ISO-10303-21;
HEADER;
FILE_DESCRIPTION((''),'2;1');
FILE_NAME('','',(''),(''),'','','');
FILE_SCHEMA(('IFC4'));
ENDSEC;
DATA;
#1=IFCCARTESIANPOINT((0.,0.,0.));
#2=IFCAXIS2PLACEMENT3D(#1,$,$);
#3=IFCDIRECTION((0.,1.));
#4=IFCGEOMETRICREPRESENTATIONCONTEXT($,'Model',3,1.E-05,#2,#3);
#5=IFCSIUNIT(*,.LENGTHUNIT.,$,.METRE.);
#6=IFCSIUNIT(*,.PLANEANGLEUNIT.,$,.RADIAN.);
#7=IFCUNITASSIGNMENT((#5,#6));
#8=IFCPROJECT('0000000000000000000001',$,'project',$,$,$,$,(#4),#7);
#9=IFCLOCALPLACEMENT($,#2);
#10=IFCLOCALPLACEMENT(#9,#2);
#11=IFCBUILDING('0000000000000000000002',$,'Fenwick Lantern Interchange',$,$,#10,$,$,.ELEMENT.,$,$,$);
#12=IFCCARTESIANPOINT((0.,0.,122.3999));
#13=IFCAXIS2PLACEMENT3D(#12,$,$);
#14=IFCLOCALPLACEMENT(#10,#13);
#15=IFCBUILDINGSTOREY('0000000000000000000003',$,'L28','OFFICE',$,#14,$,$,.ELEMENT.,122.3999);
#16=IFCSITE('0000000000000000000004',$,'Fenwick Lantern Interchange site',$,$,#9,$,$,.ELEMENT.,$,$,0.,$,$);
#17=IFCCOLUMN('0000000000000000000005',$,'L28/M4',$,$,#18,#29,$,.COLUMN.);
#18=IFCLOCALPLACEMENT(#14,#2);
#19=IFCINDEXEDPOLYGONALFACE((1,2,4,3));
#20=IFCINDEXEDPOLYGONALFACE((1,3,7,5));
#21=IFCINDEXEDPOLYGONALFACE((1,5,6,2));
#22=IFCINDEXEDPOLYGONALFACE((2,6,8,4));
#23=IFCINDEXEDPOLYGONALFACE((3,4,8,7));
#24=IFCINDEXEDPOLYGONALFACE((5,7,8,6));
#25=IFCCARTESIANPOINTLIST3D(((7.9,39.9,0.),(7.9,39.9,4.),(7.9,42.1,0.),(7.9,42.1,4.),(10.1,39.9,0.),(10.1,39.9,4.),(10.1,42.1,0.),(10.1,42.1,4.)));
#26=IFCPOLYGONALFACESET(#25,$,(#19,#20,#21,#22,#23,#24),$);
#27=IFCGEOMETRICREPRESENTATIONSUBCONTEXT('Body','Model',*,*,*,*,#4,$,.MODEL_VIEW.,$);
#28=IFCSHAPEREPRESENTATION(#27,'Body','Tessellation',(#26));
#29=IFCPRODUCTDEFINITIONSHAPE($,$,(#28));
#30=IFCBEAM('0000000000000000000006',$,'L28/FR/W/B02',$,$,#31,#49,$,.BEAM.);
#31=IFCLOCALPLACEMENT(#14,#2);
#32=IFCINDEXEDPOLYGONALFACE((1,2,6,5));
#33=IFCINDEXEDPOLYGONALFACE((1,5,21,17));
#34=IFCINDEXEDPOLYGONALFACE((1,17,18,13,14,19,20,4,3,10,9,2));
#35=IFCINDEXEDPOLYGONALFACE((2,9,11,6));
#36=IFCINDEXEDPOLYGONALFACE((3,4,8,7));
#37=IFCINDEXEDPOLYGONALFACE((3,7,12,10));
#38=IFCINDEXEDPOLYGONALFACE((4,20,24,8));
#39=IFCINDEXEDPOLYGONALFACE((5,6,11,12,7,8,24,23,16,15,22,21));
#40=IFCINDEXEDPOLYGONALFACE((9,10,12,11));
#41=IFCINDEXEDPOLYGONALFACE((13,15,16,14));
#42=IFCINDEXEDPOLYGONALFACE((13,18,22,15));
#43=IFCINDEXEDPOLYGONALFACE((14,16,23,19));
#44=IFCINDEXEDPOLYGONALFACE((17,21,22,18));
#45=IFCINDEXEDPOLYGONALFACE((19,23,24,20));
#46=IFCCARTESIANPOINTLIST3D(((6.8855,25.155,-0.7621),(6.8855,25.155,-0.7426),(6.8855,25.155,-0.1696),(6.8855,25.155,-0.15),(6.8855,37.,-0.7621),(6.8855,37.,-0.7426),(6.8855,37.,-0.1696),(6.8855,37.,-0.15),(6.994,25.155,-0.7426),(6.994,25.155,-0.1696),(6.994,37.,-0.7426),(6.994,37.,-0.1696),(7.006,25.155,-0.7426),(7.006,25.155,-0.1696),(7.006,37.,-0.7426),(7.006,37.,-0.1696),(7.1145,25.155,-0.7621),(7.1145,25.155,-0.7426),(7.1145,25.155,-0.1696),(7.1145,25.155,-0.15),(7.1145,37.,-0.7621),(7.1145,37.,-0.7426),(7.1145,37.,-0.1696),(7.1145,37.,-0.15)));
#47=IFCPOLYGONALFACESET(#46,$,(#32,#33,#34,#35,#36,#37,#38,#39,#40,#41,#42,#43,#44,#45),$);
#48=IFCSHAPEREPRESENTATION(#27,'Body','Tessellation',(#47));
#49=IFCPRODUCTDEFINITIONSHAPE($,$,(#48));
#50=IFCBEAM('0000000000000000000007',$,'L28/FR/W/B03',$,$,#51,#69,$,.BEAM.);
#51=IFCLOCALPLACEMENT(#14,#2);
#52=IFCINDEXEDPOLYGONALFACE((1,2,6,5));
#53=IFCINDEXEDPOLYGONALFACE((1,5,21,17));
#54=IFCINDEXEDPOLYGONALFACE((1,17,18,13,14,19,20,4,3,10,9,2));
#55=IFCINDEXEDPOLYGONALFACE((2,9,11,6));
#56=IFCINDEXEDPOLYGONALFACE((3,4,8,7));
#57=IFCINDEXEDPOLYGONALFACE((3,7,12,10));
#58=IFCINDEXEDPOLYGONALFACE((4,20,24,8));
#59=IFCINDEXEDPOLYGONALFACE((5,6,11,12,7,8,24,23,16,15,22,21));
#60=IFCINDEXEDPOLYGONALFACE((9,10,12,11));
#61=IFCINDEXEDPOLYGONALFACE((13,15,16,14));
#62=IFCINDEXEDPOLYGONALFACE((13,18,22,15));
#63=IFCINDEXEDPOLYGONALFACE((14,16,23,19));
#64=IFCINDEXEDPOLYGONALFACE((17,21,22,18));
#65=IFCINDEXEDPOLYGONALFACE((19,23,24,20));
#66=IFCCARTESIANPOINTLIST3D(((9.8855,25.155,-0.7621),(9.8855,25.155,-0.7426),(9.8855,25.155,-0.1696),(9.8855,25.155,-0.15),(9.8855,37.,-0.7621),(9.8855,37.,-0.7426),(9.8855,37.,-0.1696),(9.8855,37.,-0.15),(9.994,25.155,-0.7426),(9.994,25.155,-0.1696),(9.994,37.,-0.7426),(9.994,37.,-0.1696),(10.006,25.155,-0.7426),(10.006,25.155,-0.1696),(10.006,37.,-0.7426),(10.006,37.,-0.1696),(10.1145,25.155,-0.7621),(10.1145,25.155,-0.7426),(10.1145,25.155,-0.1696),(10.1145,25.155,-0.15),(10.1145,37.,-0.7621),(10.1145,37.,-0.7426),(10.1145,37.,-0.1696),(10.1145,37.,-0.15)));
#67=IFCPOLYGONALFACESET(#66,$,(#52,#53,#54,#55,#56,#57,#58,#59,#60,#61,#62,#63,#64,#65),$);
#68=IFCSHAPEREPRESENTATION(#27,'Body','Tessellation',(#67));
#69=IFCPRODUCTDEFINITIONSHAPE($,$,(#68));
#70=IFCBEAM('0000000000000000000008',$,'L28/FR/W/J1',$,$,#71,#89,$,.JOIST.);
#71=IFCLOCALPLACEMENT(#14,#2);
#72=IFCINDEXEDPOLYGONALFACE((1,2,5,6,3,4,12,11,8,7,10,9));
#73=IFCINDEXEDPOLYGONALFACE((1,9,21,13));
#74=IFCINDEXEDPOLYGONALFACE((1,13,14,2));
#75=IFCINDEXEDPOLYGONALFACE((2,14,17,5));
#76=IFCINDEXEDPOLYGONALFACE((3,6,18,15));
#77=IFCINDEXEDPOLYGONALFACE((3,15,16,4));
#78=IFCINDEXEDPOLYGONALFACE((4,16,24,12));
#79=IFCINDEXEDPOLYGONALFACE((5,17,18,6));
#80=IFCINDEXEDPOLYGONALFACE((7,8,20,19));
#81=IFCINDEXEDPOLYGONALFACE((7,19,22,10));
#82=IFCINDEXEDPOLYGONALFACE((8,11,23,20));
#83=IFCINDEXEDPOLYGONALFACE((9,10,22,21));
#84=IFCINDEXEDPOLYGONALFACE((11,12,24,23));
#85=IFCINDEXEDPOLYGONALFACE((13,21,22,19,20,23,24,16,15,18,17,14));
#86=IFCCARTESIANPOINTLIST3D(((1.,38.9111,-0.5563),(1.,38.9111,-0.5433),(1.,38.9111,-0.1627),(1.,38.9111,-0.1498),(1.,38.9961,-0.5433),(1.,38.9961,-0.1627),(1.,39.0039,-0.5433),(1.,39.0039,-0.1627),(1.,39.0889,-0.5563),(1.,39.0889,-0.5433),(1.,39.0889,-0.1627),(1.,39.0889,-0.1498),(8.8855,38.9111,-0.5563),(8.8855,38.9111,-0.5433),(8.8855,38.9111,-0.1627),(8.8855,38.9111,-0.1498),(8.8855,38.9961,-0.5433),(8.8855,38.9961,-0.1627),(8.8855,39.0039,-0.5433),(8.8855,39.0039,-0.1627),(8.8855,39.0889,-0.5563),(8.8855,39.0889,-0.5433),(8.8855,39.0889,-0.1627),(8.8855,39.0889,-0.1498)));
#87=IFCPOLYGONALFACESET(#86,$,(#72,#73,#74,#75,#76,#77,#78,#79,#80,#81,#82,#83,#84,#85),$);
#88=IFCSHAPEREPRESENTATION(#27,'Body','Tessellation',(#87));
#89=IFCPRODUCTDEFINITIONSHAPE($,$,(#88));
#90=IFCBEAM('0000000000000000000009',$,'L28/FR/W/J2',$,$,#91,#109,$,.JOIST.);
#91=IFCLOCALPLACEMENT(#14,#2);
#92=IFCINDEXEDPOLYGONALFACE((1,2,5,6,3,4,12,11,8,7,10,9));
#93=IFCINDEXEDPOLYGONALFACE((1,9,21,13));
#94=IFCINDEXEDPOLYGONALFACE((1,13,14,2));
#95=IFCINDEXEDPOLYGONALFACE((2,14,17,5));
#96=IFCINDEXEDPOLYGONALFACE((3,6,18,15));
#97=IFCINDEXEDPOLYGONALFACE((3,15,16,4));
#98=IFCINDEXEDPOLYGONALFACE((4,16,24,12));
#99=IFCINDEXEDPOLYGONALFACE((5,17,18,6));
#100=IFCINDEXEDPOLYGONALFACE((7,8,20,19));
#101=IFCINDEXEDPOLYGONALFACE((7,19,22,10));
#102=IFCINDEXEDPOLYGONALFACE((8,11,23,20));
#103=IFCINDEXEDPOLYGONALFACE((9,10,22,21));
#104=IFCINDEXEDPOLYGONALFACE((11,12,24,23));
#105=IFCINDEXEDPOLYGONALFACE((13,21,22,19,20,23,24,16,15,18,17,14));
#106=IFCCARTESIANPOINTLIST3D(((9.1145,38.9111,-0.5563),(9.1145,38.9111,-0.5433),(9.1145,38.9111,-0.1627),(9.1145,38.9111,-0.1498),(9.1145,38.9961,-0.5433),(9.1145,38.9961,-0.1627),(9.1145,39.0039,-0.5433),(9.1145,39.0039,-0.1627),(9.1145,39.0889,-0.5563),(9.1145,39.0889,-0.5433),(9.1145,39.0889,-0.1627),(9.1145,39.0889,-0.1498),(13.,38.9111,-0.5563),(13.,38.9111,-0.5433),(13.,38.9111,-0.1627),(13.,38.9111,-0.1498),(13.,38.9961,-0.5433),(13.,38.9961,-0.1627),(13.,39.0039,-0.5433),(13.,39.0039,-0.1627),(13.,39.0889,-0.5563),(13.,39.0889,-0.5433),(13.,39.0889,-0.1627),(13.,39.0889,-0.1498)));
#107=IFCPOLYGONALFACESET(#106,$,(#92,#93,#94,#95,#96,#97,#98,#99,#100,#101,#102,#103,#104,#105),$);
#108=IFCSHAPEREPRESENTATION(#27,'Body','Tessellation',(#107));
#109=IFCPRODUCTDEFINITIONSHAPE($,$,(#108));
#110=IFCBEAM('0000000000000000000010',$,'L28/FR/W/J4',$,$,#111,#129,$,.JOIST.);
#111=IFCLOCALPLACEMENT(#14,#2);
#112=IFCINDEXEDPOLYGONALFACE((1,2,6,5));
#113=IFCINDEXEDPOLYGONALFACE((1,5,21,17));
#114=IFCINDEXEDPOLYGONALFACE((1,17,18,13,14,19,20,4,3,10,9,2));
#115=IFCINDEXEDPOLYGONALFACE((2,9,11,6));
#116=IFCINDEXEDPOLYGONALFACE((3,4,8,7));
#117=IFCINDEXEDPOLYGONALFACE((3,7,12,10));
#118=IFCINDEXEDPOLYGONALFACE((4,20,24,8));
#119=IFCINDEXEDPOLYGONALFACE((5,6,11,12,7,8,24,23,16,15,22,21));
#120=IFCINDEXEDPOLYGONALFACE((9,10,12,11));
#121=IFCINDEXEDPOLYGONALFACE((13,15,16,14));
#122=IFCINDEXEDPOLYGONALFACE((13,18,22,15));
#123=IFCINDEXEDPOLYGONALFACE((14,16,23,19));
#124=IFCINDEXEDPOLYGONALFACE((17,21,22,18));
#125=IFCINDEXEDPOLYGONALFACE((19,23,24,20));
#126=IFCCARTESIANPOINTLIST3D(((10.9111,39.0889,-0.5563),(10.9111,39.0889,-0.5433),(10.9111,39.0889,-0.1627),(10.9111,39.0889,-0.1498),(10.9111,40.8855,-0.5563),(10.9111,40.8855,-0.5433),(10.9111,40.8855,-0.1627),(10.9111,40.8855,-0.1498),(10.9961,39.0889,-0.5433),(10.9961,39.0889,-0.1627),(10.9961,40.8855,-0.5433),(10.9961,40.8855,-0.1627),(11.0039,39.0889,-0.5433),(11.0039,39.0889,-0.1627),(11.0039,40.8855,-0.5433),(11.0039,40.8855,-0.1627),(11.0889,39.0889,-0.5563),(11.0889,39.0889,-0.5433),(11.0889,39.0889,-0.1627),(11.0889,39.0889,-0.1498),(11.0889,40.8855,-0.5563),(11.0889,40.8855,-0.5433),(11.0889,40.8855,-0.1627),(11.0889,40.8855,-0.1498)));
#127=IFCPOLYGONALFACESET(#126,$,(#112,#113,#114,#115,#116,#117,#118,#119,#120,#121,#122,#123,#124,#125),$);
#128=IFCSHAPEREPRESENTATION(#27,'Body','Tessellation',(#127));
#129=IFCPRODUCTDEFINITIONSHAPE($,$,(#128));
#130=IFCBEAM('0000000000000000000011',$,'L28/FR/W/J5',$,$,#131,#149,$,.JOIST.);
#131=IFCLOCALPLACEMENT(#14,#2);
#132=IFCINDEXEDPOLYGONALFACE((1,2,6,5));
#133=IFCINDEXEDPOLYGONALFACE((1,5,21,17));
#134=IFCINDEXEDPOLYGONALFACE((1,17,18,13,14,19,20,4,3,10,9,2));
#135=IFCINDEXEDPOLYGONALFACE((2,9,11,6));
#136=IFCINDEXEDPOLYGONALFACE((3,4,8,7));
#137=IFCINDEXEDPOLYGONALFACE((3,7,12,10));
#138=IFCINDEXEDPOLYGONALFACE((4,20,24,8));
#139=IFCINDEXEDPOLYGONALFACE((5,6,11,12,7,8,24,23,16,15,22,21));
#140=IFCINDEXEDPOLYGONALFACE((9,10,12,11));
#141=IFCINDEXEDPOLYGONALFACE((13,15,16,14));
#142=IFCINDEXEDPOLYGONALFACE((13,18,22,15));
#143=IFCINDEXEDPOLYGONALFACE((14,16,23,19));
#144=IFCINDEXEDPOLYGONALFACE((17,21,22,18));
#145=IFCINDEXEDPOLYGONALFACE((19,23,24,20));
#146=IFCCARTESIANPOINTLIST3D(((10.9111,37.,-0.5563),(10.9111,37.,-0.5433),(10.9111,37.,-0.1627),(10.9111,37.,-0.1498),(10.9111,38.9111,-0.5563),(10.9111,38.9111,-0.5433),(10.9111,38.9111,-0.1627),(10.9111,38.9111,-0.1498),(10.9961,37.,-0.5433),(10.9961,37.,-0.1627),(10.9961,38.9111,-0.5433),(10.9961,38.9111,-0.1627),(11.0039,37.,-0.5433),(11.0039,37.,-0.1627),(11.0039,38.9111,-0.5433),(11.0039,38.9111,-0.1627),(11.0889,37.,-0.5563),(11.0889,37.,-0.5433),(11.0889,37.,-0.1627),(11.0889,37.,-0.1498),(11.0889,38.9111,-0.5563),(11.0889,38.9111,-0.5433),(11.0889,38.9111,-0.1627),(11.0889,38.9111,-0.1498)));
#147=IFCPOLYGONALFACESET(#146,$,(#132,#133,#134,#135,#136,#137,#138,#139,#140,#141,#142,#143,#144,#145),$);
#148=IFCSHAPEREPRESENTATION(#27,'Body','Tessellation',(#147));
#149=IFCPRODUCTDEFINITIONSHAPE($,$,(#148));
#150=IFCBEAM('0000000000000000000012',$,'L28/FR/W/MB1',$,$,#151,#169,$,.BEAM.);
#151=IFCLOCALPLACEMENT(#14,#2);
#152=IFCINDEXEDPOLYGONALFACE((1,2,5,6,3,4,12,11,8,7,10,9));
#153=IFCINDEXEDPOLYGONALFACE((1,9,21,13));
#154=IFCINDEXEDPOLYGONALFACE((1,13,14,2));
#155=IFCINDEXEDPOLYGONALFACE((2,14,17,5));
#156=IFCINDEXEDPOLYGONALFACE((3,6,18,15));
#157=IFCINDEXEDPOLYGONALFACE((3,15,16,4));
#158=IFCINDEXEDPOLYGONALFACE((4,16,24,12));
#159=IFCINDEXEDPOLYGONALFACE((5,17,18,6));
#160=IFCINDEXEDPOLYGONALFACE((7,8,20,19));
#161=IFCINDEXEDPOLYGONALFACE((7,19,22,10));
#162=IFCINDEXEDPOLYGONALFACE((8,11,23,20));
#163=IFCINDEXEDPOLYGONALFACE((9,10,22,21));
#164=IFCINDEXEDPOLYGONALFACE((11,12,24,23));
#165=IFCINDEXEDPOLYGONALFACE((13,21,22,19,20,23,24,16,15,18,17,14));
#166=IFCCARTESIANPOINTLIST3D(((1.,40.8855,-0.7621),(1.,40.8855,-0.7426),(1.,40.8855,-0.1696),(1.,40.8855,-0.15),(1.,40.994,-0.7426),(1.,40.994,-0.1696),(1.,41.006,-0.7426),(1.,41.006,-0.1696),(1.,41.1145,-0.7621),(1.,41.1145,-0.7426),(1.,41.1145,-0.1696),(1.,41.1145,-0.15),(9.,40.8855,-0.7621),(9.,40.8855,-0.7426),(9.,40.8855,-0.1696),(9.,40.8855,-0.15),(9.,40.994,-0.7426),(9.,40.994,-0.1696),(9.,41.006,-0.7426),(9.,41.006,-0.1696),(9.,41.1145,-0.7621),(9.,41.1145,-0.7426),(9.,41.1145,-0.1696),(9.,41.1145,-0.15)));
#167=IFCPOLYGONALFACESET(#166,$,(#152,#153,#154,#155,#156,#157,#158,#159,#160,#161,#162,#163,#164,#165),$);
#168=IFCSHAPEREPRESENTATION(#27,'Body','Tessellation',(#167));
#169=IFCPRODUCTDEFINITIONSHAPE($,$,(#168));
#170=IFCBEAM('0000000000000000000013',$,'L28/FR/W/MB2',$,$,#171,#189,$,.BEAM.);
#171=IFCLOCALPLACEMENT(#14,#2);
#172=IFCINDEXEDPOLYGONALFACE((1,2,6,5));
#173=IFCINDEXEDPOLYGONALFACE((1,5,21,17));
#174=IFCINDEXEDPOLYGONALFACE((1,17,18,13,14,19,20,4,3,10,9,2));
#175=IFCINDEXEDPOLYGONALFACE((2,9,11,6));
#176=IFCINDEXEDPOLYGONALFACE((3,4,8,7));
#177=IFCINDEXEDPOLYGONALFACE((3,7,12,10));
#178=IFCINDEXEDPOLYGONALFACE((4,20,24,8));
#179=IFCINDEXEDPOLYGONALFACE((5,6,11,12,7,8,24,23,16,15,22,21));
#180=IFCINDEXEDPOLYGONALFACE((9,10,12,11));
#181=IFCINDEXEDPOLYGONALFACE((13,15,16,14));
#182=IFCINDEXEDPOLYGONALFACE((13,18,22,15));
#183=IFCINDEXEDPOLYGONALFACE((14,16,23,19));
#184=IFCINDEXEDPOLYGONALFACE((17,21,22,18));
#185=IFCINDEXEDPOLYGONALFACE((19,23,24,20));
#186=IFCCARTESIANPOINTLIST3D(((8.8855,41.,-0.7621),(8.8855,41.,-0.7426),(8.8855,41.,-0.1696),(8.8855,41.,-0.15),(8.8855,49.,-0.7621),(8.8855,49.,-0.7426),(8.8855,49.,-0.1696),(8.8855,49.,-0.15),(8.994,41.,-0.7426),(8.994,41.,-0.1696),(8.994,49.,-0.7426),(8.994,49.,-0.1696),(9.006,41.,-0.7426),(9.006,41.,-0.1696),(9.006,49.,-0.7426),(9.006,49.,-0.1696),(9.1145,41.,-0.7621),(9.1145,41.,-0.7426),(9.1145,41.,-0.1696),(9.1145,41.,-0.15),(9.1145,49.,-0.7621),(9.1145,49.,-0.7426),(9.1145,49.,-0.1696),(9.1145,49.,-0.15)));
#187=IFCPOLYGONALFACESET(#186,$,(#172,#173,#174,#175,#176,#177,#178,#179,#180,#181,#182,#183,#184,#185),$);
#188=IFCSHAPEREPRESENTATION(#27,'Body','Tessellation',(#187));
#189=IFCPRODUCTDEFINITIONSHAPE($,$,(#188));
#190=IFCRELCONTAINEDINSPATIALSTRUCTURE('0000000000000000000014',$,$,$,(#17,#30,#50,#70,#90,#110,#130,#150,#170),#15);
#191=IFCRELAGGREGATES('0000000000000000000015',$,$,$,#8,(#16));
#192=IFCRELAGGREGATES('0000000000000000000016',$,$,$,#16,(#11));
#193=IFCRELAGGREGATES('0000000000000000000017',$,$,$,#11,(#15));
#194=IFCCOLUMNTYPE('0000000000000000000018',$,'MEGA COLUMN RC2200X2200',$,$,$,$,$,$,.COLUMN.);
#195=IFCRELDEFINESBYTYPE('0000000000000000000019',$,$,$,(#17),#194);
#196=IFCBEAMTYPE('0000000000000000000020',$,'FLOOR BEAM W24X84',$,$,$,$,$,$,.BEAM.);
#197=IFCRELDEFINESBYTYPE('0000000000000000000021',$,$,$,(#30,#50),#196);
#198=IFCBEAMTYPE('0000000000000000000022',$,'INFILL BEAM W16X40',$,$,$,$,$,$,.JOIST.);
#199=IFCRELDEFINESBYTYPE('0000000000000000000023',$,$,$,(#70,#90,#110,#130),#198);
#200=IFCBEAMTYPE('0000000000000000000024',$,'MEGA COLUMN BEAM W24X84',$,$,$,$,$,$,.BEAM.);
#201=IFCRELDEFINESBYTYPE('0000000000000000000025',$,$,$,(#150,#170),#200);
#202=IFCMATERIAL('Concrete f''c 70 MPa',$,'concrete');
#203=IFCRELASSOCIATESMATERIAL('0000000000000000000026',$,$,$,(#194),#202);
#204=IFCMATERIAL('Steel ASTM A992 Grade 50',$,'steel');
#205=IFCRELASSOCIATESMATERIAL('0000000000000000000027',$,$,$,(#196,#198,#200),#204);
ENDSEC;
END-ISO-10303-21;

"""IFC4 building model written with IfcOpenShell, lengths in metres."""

from ifc_helpers import new_model, si_unit, direction, frame, origin, origin_2d, place, context, subcontext, project, spatial, rectangle, i_section, extrude, material, material_profile, profile_set, type_object, element, save


model = new_model("IFC4")

# Units and contexts
model_context = context("Model", 3, precision=1e-05, world=origin(), true_north=direction((0.0, 1.0)))
body_context = subcontext(model_context, "Body", "Model", "MODEL_VIEW")
ifc_project = project(units=[si_unit("LENGTHUNIT", "METRE"), si_unit("PLANEANGLEUNIT", "RADIAN")], contexts=[model_context])

# Site, building, storey
site_placement = place(None, origin())
site = spatial("IfcSite", under=ifc_project, at=site_placement, Name="Fenwick Lantern Interchange site", CompositionType="ELEMENT", RefElevation=0.0)
building_placement = place(site_placement, origin())
building = spatial("IfcBuilding", under=site, at=building_placement, Name="Fenwick Lantern Interchange", CompositionType="ELEMENT")
storey_placement = place(building_placement, frame((0.0, 0.0, 122.3999)))
storey = spatial("IfcBuildingStorey", under=building, at=storey_placement, Name="L28", Description="OFFICE", CompositionType="ELEMENT", Elevation=122.3999)

# Column
ifc_material_1 = material(Name="Concrete f'c 70 MPa", Category="concrete")
ifc_material_profile_1 = material_profile(ifc_material_1, rectangle(XDim=2.2, YDim=2.2, at=origin_2d()), Name="RC2200X2200")
ifc_profile_set_1 = profile_set([ifc_material_profile_1], Name="Concrete f'c 70 MPa")
column_type = type_object("IfcColumnType", Name="MEGA COLUMN RC2200X2200", PredefinedType="COLUMN", material=ifc_profile_set_1)
column_placement = place(storey_placement, frame((9.0, 41.0, 0.0), z_axis=(0.0, 0.0, 1.0), x_axis=(1.0, 0.0, 0.0)))
element("IfcColumn", 1, at=column_placement, inside=storey, type_object=column_type, Name="L28/M4", PredefinedType="COLUMN", context=body_context, shape_type="SweptSolid", body=[
    extrude(rectangle(XDim=2.2, YDim=2.2, at=origin_2d()), origin(), (0.0, 0.0, 1.0), 4.0),
])

# Beams
ifc_material_2 = material(Name="Steel ASTM A992 Grade 50", Category="steel")
ifc_material_profile_2 = material_profile(ifc_material_2, i_section(OverallWidth=0.229, OverallDepth=0.6121, WebThickness=0.012, FlangeThickness=0.0195, at=origin_2d()), Name="W24X84")
ifc_profile_set_2 = profile_set([ifc_material_profile_2], Name="Steel ASTM A992 Grade 50")
beam_type_1 = type_object("IfcBeamType", Name="FLOOR BEAM W24X84", PredefinedType="BEAM", material=ifc_profile_set_2)
for number, where, z_axis, x_axis, name in (
    (2, (7.0, 37.0, -0.4561), (0.0, -1.0, 0.0), (1.0, 0.0, 0.0), "L28/FR/W/B02"),
    (3, (10.0, 37.0, -0.4561), (0.0, -1.0, 0.0), (1.0, 0.0, 0.0), "L28/FR/W/B03"),
):
    element("IfcBeam", number, at=place(storey_placement, frame(where, z_axis=z_axis, x_axis=x_axis)), inside=storey, type_object=beam_type_1, Name=name, PredefinedType="BEAM", context=body_context, shape_type="SweptSolid", body=[
        extrude(i_section(OverallWidth=0.229, OverallDepth=0.6121, WebThickness=0.012, FlangeThickness=0.0195, at=origin_2d()), origin(), (0.0, 0.0, 1.0), 11.845),
    ])
ifc_material_profile_3 = material_profile(ifc_material_2, i_section(OverallWidth=0.1777, OverallDepth=0.4065, WebThickness=0.0078, FlangeThickness=0.0129, at=origin_2d()), Name="W16X40")
ifc_profile_set_3 = profile_set([ifc_material_profile_3], Name="Steel ASTM A992 Grade 50")
beam_type_2 = type_object("IfcBeamType", Name="INFILL BEAM W16X40", PredefinedType="JOIST", material=ifc_profile_set_3)
beam_1_placement = place(storey_placement, frame((1.0, 39.0, -0.353), z_axis=(1.0, 0.0, 0.0), x_axis=(0.0, 1.0, 0.0)))
element("IfcBeam", 4, at=beam_1_placement, inside=storey, type_object=beam_type_2, Name="L28/FR/W/J1", PredefinedType="JOIST", context=body_context, shape_type="SweptSolid", body=[
    extrude(i_section(OverallWidth=0.1777, OverallDepth=0.4065, WebThickness=0.0078, FlangeThickness=0.0129, at=origin_2d()), origin(), (0.0, 0.0, 1.0), 7.8855),
])
beam_2_placement = place(storey_placement, frame((9.1145, 39.0, -0.353), z_axis=(1.0, 0.0, 0.0), x_axis=(0.0, 1.0, 0.0)))
element("IfcBeam", 5, at=beam_2_placement, inside=storey, type_object=beam_type_2, Name="L28/FR/W/J2", PredefinedType="JOIST", context=body_context, shape_type="SweptSolid", body=[
    extrude(i_section(OverallWidth=0.1777, OverallDepth=0.4065, WebThickness=0.0078, FlangeThickness=0.0129, at=origin_2d()), origin(), (0.0, 0.0, 1.0), 3.8855),
])
beam_3_placement = place(storey_placement, frame((11.0, 40.8855, -0.353), z_axis=(0.0, -1.0, 0.0), x_axis=(1.0, 0.0, 0.0)))
element("IfcBeam", 6, at=beam_3_placement, inside=storey, type_object=beam_type_2, Name="L28/FR/W/J4", PredefinedType="JOIST", context=body_context, shape_type="SweptSolid", body=[
    extrude(i_section(OverallWidth=0.1777, OverallDepth=0.4065, WebThickness=0.0078, FlangeThickness=0.0129, at=origin_2d()), origin(), (0.0, 0.0, 1.0), 1.7966),
])
beam_4_placement = place(storey_placement, frame((11.0, 38.9111, -0.353), z_axis=(0.0, -1.0, 0.0), x_axis=(1.0, 0.0, 0.0)))
element("IfcBeam", 7, at=beam_4_placement, inside=storey, type_object=beam_type_2, Name="L28/FR/W/J5", PredefinedType="JOIST", context=body_context, shape_type="SweptSolid", body=[
    extrude(i_section(OverallWidth=0.1777, OverallDepth=0.4065, WebThickness=0.0078, FlangeThickness=0.0129, at=origin_2d()), origin(), (0.0, 0.0, 1.0), 1.9111),
])
ifc_material_profile_4 = material_profile(ifc_material_2, i_section(OverallWidth=0.229, OverallDepth=0.6121, WebThickness=0.012, FlangeThickness=0.0195, at=origin_2d()), Name="W24X84")
ifc_profile_set_4 = profile_set([ifc_material_profile_4], Name="Steel ASTM A992 Grade 50")
beam_type_3 = type_object("IfcBeamType", Name="MEGA COLUMN BEAM W24X84", PredefinedType="BEAM", material=ifc_profile_set_4)
for number, where, z_axis, x_axis, name in (
    (8, (9.0, 41.0, -0.4561), (-1.0, 0.0, 0.0), (0.0, -1.0, 0.0), "L28/FR/W/MB1"),
    (9, (9.0, 41.0, -0.4561), (0.0, 1.0, 0.0), (-1.0, 0.0, 0.0), "L28/FR/W/MB2"),
):
    element("IfcBeam", number, at=place(storey_placement, frame(where, z_axis=z_axis, x_axis=x_axis)), inside=storey, type_object=beam_type_3, Name=name, PredefinedType="BEAM", context=body_context, shape_type="SweptSolid", body=[
        extrude(i_section(OverallWidth=0.229, OverallDepth=0.6121, WebThickness=0.012, FlangeThickness=0.0195, at=origin_2d()), origin(), (0.0, 0.0, 1.0), 8.0),
    ])

save(model, "model.ifc")
